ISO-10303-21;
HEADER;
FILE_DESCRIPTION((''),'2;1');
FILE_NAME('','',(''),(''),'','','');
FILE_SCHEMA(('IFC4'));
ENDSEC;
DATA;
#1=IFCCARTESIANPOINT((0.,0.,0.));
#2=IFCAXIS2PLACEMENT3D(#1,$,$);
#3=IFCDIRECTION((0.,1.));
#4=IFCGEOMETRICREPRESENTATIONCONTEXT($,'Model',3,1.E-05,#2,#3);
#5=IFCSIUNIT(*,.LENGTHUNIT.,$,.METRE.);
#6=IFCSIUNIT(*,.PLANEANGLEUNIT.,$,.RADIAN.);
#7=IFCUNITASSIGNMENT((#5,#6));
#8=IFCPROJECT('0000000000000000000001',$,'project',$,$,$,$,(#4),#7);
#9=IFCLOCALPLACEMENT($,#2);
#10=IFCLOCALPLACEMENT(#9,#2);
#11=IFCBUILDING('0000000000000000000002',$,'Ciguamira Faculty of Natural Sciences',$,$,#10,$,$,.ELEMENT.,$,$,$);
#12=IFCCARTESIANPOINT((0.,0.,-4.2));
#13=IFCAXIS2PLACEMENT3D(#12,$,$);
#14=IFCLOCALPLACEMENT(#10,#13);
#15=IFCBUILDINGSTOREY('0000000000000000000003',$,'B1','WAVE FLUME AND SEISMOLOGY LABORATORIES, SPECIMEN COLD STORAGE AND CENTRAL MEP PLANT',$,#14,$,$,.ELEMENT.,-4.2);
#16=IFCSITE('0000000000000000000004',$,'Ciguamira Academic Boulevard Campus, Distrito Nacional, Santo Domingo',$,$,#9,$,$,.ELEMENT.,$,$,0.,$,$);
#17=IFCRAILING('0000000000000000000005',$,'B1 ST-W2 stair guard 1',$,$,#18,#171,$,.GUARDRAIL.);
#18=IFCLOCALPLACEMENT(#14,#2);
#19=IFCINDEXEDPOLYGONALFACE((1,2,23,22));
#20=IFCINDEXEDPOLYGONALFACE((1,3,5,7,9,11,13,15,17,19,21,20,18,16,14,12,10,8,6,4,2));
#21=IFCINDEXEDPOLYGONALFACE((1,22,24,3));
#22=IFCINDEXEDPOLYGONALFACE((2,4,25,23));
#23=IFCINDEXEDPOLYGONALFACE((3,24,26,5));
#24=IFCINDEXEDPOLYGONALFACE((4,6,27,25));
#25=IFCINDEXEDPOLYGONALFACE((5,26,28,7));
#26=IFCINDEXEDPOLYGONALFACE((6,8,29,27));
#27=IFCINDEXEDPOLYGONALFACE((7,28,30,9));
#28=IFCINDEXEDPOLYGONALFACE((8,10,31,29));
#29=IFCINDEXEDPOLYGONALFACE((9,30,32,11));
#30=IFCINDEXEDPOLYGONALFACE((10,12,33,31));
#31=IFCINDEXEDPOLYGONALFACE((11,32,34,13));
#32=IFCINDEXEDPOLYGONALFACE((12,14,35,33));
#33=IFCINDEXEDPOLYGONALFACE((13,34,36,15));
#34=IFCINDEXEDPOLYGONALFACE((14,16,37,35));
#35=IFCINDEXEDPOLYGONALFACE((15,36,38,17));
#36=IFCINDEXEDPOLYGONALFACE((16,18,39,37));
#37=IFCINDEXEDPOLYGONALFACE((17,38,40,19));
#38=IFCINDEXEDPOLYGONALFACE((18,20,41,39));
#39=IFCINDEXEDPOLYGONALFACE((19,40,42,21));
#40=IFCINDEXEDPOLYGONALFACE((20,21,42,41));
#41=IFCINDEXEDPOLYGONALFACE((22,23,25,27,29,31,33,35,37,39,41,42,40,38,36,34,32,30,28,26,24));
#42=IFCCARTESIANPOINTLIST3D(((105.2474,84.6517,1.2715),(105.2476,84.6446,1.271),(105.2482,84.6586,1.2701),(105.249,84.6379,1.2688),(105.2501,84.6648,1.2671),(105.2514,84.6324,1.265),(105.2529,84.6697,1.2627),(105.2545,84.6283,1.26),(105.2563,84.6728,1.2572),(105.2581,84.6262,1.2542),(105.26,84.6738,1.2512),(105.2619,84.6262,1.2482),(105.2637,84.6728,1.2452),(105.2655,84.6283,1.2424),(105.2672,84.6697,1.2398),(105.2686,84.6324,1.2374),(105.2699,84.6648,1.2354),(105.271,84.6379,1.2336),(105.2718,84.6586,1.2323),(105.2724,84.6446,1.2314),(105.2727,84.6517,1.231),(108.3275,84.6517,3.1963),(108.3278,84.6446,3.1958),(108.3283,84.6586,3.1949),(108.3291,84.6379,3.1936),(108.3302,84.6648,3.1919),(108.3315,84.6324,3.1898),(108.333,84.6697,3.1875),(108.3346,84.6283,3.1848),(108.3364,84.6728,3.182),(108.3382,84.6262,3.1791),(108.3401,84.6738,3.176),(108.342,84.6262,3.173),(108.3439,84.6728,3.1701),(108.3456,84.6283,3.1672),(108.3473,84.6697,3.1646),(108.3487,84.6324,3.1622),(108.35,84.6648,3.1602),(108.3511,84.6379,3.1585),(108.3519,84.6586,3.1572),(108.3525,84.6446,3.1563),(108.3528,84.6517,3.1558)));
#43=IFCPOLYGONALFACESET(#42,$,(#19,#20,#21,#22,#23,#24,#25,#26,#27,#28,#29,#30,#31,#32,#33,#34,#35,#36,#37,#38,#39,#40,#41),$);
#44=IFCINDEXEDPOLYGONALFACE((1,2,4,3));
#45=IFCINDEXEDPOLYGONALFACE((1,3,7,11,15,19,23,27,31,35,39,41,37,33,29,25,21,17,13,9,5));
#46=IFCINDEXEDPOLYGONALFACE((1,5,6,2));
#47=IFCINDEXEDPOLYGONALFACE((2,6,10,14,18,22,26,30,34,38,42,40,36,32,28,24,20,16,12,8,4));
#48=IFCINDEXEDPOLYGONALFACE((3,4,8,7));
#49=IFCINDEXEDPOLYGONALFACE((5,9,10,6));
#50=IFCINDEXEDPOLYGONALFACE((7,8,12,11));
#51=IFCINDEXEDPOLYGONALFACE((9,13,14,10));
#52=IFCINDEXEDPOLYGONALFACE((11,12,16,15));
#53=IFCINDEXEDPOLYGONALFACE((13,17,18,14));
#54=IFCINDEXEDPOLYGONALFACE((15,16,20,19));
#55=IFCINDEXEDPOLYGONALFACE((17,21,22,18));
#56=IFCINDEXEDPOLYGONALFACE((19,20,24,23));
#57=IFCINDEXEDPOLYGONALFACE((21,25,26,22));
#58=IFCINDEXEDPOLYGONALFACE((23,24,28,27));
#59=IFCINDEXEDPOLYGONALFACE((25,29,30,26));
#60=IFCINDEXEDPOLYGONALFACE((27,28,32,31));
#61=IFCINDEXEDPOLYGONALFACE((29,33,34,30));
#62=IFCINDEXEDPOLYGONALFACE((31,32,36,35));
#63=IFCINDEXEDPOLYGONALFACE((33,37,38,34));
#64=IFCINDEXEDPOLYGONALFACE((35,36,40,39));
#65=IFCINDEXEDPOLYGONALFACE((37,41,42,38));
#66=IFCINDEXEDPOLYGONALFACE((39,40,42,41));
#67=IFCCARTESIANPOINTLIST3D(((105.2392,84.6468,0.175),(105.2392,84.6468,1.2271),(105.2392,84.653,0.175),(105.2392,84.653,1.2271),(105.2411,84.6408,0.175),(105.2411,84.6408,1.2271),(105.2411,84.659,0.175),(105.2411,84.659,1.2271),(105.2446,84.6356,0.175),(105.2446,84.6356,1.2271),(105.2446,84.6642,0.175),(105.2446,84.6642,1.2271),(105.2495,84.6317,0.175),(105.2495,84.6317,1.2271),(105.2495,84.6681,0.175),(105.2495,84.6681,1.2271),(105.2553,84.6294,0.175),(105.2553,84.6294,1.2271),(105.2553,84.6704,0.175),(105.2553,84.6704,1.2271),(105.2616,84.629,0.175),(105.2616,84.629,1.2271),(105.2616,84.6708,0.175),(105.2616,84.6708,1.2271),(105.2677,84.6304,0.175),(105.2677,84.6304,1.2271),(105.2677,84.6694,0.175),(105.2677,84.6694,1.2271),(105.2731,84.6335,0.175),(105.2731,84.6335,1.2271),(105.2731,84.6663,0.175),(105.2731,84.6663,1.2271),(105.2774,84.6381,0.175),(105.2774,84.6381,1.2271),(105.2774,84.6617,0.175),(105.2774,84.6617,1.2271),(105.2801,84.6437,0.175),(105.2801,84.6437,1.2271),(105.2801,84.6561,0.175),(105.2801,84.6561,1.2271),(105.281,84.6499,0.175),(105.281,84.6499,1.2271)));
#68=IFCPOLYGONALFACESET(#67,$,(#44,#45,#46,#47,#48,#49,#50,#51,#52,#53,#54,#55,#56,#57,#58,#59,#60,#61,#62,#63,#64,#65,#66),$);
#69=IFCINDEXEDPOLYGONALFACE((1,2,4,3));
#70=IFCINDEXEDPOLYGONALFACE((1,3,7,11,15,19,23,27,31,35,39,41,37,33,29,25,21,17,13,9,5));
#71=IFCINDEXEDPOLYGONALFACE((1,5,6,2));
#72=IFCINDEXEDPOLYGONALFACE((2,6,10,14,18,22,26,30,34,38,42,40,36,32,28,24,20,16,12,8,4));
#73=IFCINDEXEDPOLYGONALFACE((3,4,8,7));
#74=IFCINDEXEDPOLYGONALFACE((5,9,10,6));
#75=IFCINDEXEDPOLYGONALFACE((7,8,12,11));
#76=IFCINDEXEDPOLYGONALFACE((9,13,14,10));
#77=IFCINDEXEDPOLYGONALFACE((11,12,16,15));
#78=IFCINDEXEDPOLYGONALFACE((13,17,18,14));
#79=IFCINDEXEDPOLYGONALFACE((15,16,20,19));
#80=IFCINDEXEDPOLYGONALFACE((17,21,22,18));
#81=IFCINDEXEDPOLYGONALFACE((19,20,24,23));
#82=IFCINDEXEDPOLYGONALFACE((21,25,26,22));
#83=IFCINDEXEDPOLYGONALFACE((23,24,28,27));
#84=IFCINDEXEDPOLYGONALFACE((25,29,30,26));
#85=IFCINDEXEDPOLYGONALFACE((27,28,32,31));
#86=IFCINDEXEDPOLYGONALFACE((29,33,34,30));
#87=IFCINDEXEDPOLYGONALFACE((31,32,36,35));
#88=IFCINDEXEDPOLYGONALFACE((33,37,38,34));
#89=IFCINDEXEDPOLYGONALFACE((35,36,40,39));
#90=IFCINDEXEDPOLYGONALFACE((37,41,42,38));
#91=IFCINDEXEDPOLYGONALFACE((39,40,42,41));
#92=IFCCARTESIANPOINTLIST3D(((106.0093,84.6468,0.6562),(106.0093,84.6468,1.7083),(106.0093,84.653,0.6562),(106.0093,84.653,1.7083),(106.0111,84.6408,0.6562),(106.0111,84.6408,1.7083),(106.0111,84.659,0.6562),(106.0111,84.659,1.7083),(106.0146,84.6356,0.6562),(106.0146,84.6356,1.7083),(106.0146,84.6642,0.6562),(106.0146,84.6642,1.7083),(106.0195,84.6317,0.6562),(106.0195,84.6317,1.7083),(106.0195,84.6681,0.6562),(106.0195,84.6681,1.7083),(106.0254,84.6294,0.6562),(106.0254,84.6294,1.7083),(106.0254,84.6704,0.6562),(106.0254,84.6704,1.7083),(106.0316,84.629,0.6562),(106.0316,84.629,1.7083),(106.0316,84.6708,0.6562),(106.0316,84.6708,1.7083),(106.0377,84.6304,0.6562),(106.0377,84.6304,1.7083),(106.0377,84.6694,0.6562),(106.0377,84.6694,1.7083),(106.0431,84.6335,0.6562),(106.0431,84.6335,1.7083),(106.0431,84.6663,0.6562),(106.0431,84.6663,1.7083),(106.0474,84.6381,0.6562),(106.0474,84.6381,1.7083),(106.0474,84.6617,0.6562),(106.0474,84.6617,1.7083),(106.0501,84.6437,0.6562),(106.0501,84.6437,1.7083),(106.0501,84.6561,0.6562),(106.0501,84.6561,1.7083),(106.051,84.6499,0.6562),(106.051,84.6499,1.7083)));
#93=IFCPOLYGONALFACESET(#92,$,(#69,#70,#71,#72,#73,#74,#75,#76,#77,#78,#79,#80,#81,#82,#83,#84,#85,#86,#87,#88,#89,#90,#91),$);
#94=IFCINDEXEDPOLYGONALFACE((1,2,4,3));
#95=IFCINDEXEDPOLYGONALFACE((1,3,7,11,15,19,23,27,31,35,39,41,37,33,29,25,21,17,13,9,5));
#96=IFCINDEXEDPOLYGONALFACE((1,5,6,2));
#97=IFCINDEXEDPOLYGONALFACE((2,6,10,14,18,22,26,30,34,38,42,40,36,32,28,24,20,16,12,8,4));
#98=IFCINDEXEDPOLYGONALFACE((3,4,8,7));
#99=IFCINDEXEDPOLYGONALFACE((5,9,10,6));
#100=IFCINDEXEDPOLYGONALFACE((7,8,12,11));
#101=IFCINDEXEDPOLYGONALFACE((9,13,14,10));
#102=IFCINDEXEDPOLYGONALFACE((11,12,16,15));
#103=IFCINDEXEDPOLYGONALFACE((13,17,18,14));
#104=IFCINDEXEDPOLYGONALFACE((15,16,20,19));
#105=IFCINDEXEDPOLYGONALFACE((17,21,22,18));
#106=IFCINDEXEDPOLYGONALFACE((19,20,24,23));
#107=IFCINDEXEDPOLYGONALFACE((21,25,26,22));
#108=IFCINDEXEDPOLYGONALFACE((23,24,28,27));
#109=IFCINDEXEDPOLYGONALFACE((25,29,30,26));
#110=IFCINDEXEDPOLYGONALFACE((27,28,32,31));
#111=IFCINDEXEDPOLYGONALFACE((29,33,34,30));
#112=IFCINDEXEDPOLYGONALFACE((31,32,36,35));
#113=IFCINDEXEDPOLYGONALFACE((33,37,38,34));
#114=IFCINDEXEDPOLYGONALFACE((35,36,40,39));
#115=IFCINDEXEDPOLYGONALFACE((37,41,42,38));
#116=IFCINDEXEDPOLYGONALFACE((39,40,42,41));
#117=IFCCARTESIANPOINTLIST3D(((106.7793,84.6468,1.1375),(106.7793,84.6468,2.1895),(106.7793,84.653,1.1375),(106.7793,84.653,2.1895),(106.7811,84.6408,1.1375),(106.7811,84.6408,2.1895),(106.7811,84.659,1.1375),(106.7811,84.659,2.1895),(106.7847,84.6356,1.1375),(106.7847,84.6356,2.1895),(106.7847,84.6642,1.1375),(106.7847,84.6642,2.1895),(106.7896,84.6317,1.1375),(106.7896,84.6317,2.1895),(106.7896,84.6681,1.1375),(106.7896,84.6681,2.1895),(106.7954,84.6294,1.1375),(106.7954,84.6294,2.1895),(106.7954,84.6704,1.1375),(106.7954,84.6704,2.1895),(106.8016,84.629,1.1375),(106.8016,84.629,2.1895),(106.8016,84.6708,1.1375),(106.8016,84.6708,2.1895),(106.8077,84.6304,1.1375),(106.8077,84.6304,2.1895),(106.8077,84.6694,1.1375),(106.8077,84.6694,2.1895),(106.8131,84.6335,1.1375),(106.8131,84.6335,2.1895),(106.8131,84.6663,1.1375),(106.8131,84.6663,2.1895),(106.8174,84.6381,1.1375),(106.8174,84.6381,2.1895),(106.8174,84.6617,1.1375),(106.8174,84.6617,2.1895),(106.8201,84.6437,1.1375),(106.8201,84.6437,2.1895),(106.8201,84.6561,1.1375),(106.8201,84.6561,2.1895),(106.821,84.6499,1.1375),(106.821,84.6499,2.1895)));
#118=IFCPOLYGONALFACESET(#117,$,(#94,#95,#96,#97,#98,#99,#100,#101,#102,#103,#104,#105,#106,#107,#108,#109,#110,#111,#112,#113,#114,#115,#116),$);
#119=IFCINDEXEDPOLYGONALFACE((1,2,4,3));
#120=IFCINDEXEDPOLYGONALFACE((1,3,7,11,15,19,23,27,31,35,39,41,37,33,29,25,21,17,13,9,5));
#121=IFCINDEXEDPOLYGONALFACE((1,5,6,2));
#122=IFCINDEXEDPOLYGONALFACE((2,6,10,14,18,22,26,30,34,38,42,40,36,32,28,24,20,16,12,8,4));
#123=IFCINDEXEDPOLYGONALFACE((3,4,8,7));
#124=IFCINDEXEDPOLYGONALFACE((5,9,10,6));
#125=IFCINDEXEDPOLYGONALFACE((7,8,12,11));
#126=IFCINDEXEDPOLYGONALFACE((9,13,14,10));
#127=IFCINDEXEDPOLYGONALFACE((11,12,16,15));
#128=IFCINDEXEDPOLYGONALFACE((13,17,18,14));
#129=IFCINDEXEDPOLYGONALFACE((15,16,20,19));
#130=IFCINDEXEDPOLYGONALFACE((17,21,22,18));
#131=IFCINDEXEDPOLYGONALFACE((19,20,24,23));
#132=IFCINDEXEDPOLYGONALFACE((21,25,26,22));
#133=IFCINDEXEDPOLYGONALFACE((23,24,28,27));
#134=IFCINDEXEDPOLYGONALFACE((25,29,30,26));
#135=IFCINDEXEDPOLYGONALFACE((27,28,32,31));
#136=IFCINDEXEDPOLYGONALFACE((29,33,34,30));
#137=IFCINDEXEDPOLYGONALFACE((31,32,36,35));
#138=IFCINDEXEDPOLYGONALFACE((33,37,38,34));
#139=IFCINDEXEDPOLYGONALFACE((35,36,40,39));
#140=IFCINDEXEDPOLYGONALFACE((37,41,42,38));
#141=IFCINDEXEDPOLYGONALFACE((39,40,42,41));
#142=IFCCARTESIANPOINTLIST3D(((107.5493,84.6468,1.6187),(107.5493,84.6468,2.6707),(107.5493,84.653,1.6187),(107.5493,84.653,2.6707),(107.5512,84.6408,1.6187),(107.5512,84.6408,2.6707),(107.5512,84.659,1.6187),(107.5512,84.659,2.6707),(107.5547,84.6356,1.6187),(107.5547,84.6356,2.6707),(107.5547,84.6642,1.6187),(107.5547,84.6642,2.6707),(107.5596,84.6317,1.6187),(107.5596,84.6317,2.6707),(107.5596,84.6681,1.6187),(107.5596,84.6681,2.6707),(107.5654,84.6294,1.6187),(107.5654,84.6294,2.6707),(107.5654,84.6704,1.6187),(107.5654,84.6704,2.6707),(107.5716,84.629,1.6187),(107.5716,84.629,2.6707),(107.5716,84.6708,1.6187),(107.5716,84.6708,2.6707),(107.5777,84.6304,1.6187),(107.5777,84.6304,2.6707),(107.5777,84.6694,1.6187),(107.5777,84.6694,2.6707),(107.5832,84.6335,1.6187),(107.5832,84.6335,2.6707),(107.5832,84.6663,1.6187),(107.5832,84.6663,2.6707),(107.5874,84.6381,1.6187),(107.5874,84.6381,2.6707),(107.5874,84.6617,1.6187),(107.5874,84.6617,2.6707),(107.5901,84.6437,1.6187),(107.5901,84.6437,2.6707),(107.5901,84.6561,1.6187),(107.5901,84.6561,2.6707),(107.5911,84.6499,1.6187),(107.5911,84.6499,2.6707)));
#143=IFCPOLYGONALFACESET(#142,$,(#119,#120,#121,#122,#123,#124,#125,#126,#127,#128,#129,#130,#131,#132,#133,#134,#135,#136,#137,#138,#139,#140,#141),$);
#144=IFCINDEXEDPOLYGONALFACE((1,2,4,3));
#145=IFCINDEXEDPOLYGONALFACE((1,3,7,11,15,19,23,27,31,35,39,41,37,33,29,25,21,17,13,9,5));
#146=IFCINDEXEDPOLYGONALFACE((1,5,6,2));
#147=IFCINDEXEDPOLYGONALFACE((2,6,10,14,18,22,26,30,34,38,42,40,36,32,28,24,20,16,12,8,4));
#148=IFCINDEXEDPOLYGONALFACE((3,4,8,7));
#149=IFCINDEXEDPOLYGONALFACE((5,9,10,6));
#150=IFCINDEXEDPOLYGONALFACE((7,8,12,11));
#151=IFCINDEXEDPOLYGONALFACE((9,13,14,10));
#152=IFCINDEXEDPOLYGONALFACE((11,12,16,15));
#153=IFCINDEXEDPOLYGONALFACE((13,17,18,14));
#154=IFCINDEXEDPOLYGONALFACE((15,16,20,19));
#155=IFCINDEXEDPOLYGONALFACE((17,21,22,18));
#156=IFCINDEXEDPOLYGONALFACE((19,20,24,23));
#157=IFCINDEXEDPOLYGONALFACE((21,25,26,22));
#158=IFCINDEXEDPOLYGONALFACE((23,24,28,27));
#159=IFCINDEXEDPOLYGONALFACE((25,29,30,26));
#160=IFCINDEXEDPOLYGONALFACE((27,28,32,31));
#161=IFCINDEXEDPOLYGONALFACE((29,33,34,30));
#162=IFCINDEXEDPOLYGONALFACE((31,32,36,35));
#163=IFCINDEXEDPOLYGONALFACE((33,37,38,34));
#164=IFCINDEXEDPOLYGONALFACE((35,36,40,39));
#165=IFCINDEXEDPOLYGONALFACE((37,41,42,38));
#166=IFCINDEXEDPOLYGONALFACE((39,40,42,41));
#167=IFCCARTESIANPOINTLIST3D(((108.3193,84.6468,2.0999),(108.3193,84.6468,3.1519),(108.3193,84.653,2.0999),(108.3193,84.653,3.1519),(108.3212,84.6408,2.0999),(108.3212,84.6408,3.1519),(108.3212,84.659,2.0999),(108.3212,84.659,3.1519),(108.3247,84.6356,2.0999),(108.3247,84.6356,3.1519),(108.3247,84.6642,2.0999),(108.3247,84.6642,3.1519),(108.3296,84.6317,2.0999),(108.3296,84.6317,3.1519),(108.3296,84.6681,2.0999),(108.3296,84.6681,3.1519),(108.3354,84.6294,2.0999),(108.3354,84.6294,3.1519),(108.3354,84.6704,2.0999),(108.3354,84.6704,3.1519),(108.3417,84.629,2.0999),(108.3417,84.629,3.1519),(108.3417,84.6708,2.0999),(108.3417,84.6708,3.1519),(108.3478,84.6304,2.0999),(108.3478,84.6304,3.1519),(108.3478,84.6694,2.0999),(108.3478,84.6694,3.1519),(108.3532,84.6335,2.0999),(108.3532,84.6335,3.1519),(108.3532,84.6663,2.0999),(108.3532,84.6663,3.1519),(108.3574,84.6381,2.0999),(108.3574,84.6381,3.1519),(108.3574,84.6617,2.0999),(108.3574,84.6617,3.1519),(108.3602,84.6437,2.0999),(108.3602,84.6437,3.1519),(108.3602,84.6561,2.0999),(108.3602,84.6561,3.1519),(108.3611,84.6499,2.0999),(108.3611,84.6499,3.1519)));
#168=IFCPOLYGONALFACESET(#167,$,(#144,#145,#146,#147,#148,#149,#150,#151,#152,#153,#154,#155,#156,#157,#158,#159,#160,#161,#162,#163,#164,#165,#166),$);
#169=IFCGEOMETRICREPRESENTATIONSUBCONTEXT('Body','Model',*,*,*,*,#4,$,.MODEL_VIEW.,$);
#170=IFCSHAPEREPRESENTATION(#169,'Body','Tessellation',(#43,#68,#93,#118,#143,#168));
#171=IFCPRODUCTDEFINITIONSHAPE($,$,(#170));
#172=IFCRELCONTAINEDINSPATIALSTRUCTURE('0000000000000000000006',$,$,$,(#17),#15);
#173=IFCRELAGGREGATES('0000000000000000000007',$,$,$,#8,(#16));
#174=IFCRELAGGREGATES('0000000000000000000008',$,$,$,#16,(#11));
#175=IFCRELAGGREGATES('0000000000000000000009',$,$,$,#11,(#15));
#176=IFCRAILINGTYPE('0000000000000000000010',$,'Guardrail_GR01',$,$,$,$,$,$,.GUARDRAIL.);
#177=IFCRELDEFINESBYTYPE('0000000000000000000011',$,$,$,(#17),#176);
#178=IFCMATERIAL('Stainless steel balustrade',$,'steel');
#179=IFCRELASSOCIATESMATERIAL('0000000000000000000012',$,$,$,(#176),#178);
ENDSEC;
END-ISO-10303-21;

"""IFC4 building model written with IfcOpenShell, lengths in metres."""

from ifc_helpers import new_model, si_unit, direction, frame, origin, origin_2d, place, context, subcontext, project, spatial, circle, extrude, material, type_object, element, save


model = new_model("IFC4")

# Units and contexts
model_context = context("Model", 3, precision=1e-05, world=origin(), true_north=direction((0.0, 1.0)))
body_context = subcontext(model_context, "Body", "Model", "MODEL_VIEW")
ifc_project = project(units=[si_unit("LENGTHUNIT", "METRE"), si_unit("PLANEANGLEUNIT", "RADIAN")], contexts=[model_context])

# Site, building, storey
site_placement = place(None, origin())
site = spatial("IfcSite", under=ifc_project, at=site_placement, Name="Ciguamira Academic Boulevard Campus, Distrito Nacional, Santo Domingo", CompositionType="ELEMENT", RefElevation=0.0)
building_placement = place(site_placement, origin())
building = spatial("IfcBuilding", under=site, at=building_placement, Name="Ciguamira Faculty of Natural Sciences", CompositionType="ELEMENT")
storey_placement = place(building_placement, frame((0.0, 0.0, -4.2)))
storey = spatial("IfcBuildingStorey", under=building, at=storey_placement, Name="B1", Description="WAVE FLUME AND SEISMOLOGY LABORATORIES, SPECIMEN COLD STORAGE AND CENTRAL MEP PLANT", CompositionType="ELEMENT", Elevation=-4.2)

# Railing
ifc_material_1 = material(Name="Stainless steel balustrade", Category="steel")
railing_type_1 = type_object("IfcRailingType", Name="Guardrail_GR01", PredefinedType="GUARDRAIL", material=ifc_material_1)
railing_1_placement = place(storey_placement, frame((105.26, 84.6499, 0.175)))
element("IfcRailing", 1, at=railing_1_placement, inside=storey, type_object=railing_type_1, Name="B1 ST-W2 stair guard 1", PredefinedType="GUARDRAIL", context=body_context, shape_type="SweptSolid", body=[
    extrude(circle(Radius=0.0239, at=origin_2d()), frame((0.0, 0.0, 1.0762), z_axis=(0.848029, 0.0, 0.529951), x_axis=(0.0, 1.0, 0.0)), (0.0, 0.0, 1.0), 3.6321),
    extrude(circle(Radius=0.021, at=origin_2d()), origin(), (0.0, 0.0, 1.0), 1.052),
    extrude(circle(Radius=0.021, at=origin_2d()), frame((0.77, 0.0, 0.4812)), (0.0, 0.0, 1.0), 1.052),
    extrude(circle(Radius=0.021, at=origin_2d()), frame((1.54, 0.0, 0.9624)), (0.0, 0.0, 1.0), 1.052),
    extrude(circle(Radius=0.021, at=origin_2d()), frame((2.3101, 0.0, 1.4436)), (0.0, 0.0, 1.0), 1.052),
    extrude(circle(Radius=0.021, at=origin_2d()), frame((3.0801, 0.0, 1.9248)), (0.0, 0.0, 1.0), 1.052),
])

save(model, "model.ifc")
